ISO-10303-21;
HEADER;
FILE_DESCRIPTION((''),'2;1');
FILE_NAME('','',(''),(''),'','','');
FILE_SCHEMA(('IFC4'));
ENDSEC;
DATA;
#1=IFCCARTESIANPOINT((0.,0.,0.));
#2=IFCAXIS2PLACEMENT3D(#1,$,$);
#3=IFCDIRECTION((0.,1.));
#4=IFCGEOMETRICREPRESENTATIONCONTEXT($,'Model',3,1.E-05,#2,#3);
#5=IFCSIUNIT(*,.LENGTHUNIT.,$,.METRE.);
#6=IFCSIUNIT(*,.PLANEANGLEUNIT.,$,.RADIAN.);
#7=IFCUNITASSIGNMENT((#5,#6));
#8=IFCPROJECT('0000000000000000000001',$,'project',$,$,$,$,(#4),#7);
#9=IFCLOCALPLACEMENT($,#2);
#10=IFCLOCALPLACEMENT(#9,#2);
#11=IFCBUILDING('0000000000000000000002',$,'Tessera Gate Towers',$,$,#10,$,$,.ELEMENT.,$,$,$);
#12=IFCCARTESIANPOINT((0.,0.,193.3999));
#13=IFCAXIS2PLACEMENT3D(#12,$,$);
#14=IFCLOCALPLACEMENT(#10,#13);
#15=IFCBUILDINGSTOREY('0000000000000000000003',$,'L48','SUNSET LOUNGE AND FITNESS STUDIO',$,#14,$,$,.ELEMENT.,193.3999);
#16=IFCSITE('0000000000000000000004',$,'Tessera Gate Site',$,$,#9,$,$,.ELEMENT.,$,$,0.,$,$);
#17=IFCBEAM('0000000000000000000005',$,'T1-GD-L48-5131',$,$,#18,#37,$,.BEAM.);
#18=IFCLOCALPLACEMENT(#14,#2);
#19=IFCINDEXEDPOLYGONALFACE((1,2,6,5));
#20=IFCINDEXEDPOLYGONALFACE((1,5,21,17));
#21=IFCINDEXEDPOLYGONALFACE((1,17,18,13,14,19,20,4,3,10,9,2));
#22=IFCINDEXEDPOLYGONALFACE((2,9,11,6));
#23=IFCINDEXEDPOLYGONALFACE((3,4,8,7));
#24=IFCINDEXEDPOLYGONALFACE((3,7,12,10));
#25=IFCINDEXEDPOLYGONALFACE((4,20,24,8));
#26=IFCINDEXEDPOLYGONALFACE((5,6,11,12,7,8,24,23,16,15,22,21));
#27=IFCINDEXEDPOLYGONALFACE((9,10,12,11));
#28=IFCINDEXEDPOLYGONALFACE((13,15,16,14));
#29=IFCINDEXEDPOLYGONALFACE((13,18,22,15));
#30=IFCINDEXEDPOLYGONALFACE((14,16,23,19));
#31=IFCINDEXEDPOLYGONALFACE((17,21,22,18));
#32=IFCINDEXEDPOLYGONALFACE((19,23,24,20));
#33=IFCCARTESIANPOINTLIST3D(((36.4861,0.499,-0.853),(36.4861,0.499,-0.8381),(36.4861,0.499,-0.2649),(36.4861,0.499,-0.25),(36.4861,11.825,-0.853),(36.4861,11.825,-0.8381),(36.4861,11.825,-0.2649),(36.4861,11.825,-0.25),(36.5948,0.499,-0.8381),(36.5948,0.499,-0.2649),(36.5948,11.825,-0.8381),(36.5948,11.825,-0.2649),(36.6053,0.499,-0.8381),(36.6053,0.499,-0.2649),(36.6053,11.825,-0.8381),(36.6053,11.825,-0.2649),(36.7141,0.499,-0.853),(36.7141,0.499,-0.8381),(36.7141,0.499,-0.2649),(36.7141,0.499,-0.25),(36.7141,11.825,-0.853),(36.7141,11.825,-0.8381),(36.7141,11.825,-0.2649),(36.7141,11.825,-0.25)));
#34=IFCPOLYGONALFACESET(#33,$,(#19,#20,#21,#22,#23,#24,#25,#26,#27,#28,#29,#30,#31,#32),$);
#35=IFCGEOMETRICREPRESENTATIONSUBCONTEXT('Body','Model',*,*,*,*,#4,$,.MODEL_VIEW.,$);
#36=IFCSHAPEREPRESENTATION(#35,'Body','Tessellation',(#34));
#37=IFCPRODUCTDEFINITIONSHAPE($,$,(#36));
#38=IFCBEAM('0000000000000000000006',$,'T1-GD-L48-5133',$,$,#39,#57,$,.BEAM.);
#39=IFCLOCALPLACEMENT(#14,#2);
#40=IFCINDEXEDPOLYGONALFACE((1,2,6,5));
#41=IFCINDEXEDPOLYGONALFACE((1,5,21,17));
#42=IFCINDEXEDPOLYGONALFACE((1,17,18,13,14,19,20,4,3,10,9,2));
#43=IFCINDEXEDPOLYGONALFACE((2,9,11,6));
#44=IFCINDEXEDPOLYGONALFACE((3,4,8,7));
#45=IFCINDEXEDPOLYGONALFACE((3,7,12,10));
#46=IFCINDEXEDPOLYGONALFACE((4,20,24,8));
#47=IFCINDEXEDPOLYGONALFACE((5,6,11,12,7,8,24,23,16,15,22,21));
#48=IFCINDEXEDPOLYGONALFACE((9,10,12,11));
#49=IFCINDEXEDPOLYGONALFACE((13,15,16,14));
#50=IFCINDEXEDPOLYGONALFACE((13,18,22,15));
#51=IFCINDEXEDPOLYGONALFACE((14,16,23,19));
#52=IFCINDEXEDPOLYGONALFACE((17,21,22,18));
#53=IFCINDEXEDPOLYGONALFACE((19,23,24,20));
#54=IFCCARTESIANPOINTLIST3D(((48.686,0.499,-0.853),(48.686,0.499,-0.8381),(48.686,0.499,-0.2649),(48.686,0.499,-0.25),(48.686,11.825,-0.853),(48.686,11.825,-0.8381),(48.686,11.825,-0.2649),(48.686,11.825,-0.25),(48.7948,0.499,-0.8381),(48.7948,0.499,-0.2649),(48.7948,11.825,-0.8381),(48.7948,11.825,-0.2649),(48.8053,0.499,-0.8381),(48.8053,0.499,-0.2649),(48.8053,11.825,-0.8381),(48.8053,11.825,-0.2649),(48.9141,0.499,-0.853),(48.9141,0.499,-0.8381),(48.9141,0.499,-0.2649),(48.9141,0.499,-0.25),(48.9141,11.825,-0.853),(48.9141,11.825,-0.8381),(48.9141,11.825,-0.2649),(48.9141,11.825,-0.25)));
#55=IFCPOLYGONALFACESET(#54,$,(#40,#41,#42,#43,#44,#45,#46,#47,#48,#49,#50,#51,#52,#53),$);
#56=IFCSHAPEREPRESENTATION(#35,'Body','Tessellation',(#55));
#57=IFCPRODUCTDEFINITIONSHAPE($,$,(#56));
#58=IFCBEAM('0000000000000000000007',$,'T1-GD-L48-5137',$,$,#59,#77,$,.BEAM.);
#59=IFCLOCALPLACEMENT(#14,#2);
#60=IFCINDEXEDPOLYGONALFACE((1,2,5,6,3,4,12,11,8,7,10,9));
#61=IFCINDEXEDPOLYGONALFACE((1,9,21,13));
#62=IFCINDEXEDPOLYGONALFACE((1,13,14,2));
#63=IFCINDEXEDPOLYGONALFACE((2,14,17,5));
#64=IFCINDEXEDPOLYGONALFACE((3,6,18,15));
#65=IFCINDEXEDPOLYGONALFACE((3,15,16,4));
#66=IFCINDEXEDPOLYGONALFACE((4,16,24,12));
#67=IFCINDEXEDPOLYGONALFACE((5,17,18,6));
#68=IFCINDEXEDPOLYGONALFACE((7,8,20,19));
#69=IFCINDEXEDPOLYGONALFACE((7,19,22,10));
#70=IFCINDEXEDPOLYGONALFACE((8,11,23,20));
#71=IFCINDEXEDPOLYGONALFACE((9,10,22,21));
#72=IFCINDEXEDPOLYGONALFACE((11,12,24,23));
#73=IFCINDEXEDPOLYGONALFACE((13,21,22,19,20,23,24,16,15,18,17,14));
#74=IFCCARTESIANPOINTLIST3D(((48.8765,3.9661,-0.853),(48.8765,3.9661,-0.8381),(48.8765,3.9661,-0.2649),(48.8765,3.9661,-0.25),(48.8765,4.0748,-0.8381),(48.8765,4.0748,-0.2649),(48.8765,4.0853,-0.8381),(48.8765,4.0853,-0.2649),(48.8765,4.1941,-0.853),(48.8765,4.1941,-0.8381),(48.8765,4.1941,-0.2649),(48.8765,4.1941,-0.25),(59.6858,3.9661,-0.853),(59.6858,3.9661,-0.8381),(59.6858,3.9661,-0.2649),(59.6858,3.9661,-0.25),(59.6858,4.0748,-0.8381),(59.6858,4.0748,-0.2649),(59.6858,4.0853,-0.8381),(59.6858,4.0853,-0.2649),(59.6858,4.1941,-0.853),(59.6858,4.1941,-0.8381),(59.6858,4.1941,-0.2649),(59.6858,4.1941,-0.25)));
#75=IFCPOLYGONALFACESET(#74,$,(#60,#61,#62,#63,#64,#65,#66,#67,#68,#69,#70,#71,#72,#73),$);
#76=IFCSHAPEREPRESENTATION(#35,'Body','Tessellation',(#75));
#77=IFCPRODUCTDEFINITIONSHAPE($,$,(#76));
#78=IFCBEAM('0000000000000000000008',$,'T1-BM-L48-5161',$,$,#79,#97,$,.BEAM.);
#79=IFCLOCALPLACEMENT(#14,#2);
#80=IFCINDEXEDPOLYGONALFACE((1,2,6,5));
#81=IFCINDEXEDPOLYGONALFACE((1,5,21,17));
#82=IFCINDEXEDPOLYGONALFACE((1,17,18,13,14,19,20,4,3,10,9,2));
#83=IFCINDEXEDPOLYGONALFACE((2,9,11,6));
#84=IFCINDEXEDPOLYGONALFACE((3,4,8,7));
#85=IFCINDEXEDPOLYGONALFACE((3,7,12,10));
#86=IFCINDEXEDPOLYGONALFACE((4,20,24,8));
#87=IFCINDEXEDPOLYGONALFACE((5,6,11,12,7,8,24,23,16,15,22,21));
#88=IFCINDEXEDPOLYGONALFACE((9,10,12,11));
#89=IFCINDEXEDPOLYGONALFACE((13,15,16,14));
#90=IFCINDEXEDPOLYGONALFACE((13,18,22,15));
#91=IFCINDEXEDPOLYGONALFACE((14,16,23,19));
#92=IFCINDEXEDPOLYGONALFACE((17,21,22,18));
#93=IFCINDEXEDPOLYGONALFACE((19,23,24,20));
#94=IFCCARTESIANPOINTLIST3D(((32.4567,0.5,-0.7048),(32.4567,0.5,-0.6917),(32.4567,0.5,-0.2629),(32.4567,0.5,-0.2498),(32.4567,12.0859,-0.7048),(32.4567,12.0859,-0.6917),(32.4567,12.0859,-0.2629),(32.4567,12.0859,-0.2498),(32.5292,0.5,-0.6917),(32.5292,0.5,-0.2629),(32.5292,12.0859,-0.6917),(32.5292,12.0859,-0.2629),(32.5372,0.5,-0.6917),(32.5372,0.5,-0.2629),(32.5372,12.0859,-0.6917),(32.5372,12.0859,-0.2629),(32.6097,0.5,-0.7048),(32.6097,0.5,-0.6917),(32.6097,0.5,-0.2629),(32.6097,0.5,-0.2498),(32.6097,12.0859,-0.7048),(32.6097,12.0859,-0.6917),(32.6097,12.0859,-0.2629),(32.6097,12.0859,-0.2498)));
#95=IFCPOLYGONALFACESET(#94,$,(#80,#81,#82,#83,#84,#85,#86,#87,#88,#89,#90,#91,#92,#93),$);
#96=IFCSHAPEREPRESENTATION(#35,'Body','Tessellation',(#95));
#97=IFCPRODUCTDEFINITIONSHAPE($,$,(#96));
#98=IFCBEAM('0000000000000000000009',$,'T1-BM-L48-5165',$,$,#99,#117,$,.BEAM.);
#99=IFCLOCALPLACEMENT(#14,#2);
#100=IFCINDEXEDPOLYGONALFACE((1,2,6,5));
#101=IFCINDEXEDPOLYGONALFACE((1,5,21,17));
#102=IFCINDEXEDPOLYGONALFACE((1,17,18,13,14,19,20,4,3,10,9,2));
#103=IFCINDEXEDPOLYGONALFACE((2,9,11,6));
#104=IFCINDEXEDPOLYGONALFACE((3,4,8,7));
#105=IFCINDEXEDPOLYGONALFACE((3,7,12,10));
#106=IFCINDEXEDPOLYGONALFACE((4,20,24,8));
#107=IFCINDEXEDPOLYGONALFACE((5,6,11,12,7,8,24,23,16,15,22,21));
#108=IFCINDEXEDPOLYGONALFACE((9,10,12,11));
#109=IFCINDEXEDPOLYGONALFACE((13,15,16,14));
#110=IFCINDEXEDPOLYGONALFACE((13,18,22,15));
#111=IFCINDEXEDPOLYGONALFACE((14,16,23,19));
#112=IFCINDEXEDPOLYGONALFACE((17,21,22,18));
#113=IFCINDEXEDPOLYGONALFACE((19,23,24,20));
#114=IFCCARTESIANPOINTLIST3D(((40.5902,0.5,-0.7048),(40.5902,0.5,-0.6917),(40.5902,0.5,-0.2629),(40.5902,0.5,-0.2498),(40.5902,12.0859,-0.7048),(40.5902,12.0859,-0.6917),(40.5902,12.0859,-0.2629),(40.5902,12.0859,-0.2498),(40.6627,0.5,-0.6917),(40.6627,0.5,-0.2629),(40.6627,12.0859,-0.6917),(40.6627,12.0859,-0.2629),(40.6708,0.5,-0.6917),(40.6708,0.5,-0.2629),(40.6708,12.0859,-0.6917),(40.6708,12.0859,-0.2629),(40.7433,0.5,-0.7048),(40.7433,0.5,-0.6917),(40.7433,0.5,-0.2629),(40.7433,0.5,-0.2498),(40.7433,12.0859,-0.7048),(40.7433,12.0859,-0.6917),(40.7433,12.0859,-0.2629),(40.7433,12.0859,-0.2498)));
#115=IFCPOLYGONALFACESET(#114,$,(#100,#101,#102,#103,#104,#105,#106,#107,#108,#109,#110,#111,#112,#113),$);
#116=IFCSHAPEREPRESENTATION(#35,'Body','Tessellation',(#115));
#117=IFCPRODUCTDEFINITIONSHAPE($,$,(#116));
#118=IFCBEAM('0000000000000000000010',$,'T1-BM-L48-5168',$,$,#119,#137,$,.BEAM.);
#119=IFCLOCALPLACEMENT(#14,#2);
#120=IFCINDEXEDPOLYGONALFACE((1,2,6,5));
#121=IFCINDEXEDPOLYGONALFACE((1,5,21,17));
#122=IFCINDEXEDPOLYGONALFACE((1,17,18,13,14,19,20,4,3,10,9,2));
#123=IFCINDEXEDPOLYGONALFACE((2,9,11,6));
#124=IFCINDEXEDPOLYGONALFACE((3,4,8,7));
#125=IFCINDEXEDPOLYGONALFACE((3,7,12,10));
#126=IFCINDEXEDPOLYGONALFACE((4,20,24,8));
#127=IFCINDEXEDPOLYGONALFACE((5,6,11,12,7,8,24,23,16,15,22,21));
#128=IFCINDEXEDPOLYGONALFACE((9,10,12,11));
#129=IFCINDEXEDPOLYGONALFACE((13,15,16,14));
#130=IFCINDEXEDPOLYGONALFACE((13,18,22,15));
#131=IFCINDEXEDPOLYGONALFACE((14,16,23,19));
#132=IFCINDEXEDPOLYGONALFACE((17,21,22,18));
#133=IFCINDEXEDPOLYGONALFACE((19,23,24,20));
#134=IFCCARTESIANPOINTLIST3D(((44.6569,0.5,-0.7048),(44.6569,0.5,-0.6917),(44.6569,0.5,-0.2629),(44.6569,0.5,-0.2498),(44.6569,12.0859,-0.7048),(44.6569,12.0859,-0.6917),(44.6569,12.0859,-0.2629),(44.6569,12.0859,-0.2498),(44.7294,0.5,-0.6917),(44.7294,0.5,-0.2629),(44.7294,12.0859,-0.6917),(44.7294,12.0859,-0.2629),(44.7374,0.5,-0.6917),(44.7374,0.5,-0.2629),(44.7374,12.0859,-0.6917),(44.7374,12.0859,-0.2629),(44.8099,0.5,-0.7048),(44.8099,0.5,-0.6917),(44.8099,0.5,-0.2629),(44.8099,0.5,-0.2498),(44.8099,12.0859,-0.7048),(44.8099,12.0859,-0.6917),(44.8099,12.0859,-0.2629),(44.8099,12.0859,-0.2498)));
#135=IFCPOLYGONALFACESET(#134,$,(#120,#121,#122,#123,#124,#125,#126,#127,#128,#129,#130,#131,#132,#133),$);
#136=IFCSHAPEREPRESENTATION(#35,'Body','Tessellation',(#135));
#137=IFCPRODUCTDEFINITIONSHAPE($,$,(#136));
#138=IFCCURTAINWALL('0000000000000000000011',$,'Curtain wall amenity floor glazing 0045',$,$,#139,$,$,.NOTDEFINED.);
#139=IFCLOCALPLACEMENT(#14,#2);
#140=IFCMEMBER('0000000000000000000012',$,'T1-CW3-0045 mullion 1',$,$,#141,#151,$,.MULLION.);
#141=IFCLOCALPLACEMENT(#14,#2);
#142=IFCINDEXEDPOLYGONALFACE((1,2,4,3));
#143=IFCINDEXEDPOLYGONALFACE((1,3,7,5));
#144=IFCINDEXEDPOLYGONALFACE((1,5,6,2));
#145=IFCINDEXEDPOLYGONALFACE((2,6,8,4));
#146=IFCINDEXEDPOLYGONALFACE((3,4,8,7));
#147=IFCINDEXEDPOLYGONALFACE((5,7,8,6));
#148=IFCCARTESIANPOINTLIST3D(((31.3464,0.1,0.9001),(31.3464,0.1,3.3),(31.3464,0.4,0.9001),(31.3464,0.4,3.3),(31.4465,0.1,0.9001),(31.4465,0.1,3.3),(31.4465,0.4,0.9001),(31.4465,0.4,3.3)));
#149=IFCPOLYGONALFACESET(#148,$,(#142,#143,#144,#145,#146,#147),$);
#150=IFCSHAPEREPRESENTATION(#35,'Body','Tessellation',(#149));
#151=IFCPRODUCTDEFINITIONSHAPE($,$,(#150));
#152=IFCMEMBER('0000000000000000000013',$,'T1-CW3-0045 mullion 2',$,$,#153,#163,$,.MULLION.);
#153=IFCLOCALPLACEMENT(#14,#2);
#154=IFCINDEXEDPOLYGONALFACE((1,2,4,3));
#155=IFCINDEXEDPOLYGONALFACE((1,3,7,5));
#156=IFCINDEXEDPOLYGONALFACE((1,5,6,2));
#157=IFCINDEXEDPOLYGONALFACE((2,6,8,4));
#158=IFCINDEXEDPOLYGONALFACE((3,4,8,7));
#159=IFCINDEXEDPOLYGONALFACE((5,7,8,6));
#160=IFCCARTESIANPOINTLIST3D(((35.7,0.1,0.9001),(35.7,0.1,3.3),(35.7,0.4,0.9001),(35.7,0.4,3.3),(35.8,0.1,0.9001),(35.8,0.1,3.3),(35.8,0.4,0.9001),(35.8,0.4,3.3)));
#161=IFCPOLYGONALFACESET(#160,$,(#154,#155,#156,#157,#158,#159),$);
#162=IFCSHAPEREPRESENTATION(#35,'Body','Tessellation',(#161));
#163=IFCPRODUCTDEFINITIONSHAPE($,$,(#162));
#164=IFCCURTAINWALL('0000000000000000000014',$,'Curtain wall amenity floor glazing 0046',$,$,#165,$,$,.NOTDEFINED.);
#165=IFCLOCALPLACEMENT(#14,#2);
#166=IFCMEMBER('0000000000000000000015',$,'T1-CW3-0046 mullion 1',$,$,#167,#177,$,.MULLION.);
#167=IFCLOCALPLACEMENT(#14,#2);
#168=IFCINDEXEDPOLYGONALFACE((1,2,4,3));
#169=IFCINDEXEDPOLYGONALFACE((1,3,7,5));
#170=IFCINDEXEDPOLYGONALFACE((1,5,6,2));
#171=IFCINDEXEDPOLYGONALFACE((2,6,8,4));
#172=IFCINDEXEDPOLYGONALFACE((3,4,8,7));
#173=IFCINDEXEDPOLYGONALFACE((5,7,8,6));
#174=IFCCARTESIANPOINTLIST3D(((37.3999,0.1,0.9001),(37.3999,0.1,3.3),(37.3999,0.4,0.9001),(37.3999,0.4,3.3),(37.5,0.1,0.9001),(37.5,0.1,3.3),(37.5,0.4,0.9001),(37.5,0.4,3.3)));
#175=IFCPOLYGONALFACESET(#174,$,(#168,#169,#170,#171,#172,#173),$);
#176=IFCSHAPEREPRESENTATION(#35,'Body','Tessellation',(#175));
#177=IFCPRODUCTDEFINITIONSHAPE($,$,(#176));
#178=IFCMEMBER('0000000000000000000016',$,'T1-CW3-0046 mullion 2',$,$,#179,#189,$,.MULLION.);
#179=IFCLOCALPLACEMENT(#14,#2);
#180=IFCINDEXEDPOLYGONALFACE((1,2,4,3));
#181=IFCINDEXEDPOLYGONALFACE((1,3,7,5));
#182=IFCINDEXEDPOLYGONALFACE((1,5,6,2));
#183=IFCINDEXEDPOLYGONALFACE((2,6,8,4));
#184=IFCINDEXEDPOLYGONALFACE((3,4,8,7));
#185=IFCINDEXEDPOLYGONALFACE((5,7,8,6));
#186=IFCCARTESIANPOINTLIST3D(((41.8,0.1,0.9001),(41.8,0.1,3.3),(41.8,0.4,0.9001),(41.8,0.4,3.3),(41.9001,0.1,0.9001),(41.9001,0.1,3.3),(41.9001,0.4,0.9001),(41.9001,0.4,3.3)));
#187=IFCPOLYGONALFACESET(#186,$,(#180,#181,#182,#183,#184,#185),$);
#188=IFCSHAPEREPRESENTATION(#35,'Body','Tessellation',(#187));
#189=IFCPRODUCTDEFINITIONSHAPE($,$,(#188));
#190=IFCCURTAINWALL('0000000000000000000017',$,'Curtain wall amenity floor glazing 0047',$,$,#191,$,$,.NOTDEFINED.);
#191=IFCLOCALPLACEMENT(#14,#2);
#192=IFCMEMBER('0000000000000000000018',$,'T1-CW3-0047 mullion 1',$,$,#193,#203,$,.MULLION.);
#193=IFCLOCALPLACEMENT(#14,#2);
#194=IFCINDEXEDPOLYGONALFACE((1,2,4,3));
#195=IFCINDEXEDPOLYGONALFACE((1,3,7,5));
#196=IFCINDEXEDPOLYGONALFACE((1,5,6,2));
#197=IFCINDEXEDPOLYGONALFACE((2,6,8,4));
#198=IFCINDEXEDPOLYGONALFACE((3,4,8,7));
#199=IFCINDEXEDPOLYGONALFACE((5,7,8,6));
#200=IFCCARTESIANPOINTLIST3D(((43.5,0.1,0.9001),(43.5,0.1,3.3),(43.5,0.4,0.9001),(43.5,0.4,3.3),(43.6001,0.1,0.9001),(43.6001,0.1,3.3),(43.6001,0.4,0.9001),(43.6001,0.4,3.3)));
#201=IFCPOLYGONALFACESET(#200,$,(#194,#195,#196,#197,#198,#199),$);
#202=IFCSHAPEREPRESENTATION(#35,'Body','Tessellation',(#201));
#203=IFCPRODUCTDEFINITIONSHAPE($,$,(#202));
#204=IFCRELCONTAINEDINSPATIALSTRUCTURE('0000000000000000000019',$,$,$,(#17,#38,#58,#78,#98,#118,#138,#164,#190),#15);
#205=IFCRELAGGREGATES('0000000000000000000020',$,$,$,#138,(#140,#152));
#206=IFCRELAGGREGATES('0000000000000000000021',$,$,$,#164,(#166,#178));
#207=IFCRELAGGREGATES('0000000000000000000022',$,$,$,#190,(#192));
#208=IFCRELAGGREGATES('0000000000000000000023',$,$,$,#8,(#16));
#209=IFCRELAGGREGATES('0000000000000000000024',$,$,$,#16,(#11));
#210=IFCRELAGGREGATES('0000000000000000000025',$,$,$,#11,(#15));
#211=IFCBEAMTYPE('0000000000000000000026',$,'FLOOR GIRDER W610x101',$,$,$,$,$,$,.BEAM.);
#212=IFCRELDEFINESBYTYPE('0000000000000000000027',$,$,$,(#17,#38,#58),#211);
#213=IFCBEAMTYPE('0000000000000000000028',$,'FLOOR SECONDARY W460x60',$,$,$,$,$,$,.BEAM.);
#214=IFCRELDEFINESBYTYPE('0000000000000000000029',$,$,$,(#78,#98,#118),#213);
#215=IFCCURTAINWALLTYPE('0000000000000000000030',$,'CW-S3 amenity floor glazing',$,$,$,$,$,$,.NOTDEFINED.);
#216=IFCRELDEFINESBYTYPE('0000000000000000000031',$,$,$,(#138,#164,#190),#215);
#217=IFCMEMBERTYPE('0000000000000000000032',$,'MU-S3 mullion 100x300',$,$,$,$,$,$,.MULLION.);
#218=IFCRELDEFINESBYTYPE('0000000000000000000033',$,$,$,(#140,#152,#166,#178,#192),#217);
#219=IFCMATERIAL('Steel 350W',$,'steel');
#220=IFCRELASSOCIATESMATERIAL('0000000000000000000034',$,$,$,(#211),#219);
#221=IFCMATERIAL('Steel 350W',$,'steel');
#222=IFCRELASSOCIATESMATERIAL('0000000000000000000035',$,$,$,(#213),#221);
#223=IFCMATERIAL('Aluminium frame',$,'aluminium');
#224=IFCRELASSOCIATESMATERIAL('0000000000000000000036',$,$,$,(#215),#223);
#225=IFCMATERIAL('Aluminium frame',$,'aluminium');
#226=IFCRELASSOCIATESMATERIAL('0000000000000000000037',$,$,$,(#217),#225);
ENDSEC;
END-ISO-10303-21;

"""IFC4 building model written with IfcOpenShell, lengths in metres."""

from ifc_helpers import new_model, si_unit, direction, frame, origin, origin_2d, place, context, subcontext, project, spatial, rectangle, i_section, extrude, material, material_profile, profile_set, type_object, element, aggregate, save


model = new_model("IFC4")

# Units and contexts
model_context = context("Model", 3, precision=1e-05, world=origin(), true_north=direction((0.0, 1.0)))
body_context = subcontext(model_context, "Body", "Model", "MODEL_VIEW")
ifc_project = project(units=[si_unit("LENGTHUNIT", "METRE"), si_unit("PLANEANGLEUNIT", "RADIAN")], contexts=[model_context])

# Site, building, storey
site_placement = place(None, origin())
site = spatial("IfcSite", under=ifc_project, at=site_placement, Name="Tessera Gate Site", CompositionType="ELEMENT", RefElevation=0.0)
building_placement = place(site_placement, origin())
building = spatial("IfcBuilding", under=site, at=building_placement, Name="Tessera Gate Towers", CompositionType="ELEMENT")
storey_placement = place(building_placement, frame((0.0, 0.0, 193.3999)))
storey = spatial("IfcBuildingStorey", under=building, at=storey_placement, Name="L48", Description="SUNSET LOUNGE AND FITNESS STUDIO", CompositionType="ELEMENT", Elevation=193.3999)

# Beams
ifc_material_1 = material(Name="Steel 350W", Category="steel")
ifc_material_profile_1 = material_profile(ifc_material_1, i_section(OverallWidth=0.228, OverallDepth=0.603, WebThickness=0.0105, FlangeThickness=0.0149, at=origin_2d()), Name="W610x101")
ifc_profile_set_1 = profile_set([ifc_material_profile_1], Name="Steel 350W")
beam_type_1 = type_object("IfcBeamType", Name="FLOOR GIRDER W610x101", PredefinedType="BEAM", material=ifc_profile_set_1)
for number, where, z_axis, x_axis, name in (
    (1, (36.6001, 0.499, -0.5515), (0.0, 1.0, 0.0), (-1.0, 0.0, 0.0), "T1-GD-L48-5131"),
    (2, (48.8, 0.499, -0.5515), (0.0, 1.0, 0.0), (-1.0, 0.0, 0.0), "T1-GD-L48-5133"),
):
    element("IfcBeam", number, at=place(storey_placement, frame(where, z_axis=z_axis, x_axis=x_axis)), inside=storey, type_object=beam_type_1, Name=name, PredefinedType="BEAM", context=body_context, shape_type="SweptSolid", body=[
        extrude(i_section(OverallWidth=0.228, OverallDepth=0.603, WebThickness=0.0105, FlangeThickness=0.0149, at=origin_2d()), origin(), (0.0, 0.0, 1.0), 11.3259),
    ])
beam_placement = place(storey_placement, frame((48.8765, 4.0801, -0.5515), z_axis=(1.0, 0.0, 0.0), x_axis=(0.0, 1.0, 0.0)))
element("IfcBeam", 3, at=beam_placement, inside=storey, type_object=beam_type_1, Name="T1-GD-L48-5137", PredefinedType="BEAM", context=body_context, shape_type="SweptSolid", body=[
    extrude(i_section(OverallWidth=0.228, OverallDepth=0.603, WebThickness=0.0105, FlangeThickness=0.0149, at=origin_2d()), origin(), (0.0, 0.0, 1.0), 10.8093),
])
ifc_material_2 = material(Name="Steel 350W", Category="steel")
ifc_material_profile_2 = material_profile(ifc_material_2, i_section(OverallWidth=0.1531, OverallDepth=0.4551, WebThickness=0.0081, FlangeThickness=0.0132, at=origin_2d()), Name="W460x60")
ifc_profile_set_2 = profile_set([ifc_material_profile_2], Name="Steel 350W")
beam_type_2 = type_object("IfcBeamType", Name="FLOOR SECONDARY W460x60", PredefinedType="BEAM", material=ifc_profile_set_2)
for number, where, z_axis, x_axis, name in (
    (4, (32.5332, 0.5, -0.4773), (0.0, 1.0, 0.0), (-1.0, 0.0, 0.0), "T1-BM-L48-5161"),
    (5, (40.6667, 0.5, -0.4773), (0.0, 1.0, 0.0), (-1.0, 0.0, 0.0), "T1-BM-L48-5165"),
    (6, (44.7334, 0.5, -0.4773), (0.0, 1.0, 0.0), (-1.0, 0.0, 0.0), "T1-BM-L48-5168"),
):
    element("IfcBeam", number, at=place(storey_placement, frame(where, z_axis=z_axis, x_axis=x_axis)), inside=storey, type_object=beam_type_2, Name=name, PredefinedType="BEAM", context=body_context, shape_type="SweptSolid", body=[
        extrude(i_section(OverallWidth=0.1531, OverallDepth=0.4551, WebThickness=0.0081, FlangeThickness=0.0132, at=origin_2d()), origin(), (0.0, 0.0, 1.0), 11.5859),
    ])

# Curtain walls, members
ifc_material_3 = material(Name="Aluminium frame", Category="aluminium")
curtain_wall_type = type_object("IfcCurtainWallType", Name="CW-S3 amenity floor glazing", PredefinedType="NOTDEFINED", material=ifc_material_3)
curtain_wall_1_placement = place(storey_placement, origin())
curtain_wall_1 = element("IfcCurtainWall", 7, at=curtain_wall_1_placement, inside=storey, type_object=curtain_wall_type, Name="Curtain wall amenity floor glazing 0045", PredefinedType="NOTDEFINED")
ifc_material_4 = material(Name="Aluminium frame", Category="aluminium")
ifc_material_profile_3 = material_profile(ifc_material_4, rectangle(XDim=0.1001, YDim=0.3, at=origin_2d()), Name="AL 100x300")
ifc_profile_set_3 = profile_set([ifc_material_profile_3], Name="Aluminium frame")
member_type_1 = type_object("IfcMemberType", Name="MU-S3 mullion 100x300", PredefinedType="MULLION", material=ifc_profile_set_3)
member_1_placement = place(storey_placement, frame((31.3965, 0.25, 0.9001), z_axis=(0.0, 0.0, 1.0), x_axis=(1.0, 0.0, 0.0)))
member_1 = element("IfcMember", 8, at=member_1_placement, type_object=member_type_1, Name="T1-CW3-0045 mullion 1", PredefinedType="MULLION", context=body_context, shape_type="SweptSolid", body=[
    extrude(rectangle(XDim=0.1001, YDim=0.3, at=origin_2d()), origin(), (0.0, 0.0, 1.0), 2.3999),
])
member_2_placement = place(storey_placement, frame((35.75, 0.25, 0.9001), z_axis=(0.0, 0.0, 1.0), x_axis=(1.0, 0.0, 0.0)))
member_2 = element("IfcMember", 9, at=member_2_placement, type_object=member_type_1, Name="T1-CW3-0045 mullion 2", PredefinedType="MULLION", context=body_context, shape_type="SweptSolid", body=[
    extrude(rectangle(XDim=0.1001, YDim=0.3, at=origin_2d()), origin(), (0.0, 0.0, 1.0), 2.3999),
])
curtain_wall_2_placement = place(storey_placement, origin())
curtain_wall_2 = element("IfcCurtainWall", 10, at=curtain_wall_2_placement, inside=storey, type_object=curtain_wall_type, Name="Curtain wall amenity floor glazing 0046", PredefinedType="NOTDEFINED")
member_3_placement = place(storey_placement, frame((37.45, 0.25, 0.9001), z_axis=(0.0, 0.0, 1.0), x_axis=(1.0, 0.0, 0.0)))
member_3 = element("IfcMember", 11, at=member_3_placement, type_object=member_type_1, Name="T1-CW3-0046 mullion 1", PredefinedType="MULLION", context=body_context, shape_type="SweptSolid", body=[
    extrude(rectangle(XDim=0.1001, YDim=0.3, at=origin_2d()), origin(), (0.0, 0.0, 1.0), 2.3999),
])
member_4_placement = place(storey_placement, frame((41.8501, 0.25, 0.9001), z_axis=(0.0, 0.0, 1.0), x_axis=(1.0, 0.0, 0.0)))
member_4 = element("IfcMember", 12, at=member_4_placement, type_object=member_type_1, Name="T1-CW3-0046 mullion 2", PredefinedType="MULLION", context=body_context, shape_type="SweptSolid", body=[
    extrude(rectangle(XDim=0.1001, YDim=0.3, at=origin_2d()), origin(), (0.0, 0.0, 1.0), 2.3999),
])
curtain_wall_3_placement = place(storey_placement, origin())
curtain_wall_3 = element("IfcCurtainWall", 13, at=curtain_wall_3_placement, inside=storey, type_object=curtain_wall_type, Name="Curtain wall amenity floor glazing 0047", PredefinedType="NOTDEFINED")
member_5_placement = place(storey_placement, frame((43.55, 0.25, 0.9001), z_axis=(0.0, 0.0, 1.0), x_axis=(1.0, 0.0, 0.0)))
member_5 = element("IfcMember", 14, at=member_5_placement, type_object=member_type_1, Name="T1-CW3-0047 mullion 1", PredefinedType="MULLION", context=body_context, shape_type="SweptSolid", body=[
    extrude(rectangle(XDim=0.1001, YDim=0.3, at=origin_2d()), origin(), (0.0, 0.0, 1.0), 2.3999),
])

aggregate(curtain_wall_1, [member_1, member_2])
aggregate(curtain_wall_2, [member_3, member_4])
aggregate(curtain_wall_3, [member_5])

save(model, "model.ifc")
